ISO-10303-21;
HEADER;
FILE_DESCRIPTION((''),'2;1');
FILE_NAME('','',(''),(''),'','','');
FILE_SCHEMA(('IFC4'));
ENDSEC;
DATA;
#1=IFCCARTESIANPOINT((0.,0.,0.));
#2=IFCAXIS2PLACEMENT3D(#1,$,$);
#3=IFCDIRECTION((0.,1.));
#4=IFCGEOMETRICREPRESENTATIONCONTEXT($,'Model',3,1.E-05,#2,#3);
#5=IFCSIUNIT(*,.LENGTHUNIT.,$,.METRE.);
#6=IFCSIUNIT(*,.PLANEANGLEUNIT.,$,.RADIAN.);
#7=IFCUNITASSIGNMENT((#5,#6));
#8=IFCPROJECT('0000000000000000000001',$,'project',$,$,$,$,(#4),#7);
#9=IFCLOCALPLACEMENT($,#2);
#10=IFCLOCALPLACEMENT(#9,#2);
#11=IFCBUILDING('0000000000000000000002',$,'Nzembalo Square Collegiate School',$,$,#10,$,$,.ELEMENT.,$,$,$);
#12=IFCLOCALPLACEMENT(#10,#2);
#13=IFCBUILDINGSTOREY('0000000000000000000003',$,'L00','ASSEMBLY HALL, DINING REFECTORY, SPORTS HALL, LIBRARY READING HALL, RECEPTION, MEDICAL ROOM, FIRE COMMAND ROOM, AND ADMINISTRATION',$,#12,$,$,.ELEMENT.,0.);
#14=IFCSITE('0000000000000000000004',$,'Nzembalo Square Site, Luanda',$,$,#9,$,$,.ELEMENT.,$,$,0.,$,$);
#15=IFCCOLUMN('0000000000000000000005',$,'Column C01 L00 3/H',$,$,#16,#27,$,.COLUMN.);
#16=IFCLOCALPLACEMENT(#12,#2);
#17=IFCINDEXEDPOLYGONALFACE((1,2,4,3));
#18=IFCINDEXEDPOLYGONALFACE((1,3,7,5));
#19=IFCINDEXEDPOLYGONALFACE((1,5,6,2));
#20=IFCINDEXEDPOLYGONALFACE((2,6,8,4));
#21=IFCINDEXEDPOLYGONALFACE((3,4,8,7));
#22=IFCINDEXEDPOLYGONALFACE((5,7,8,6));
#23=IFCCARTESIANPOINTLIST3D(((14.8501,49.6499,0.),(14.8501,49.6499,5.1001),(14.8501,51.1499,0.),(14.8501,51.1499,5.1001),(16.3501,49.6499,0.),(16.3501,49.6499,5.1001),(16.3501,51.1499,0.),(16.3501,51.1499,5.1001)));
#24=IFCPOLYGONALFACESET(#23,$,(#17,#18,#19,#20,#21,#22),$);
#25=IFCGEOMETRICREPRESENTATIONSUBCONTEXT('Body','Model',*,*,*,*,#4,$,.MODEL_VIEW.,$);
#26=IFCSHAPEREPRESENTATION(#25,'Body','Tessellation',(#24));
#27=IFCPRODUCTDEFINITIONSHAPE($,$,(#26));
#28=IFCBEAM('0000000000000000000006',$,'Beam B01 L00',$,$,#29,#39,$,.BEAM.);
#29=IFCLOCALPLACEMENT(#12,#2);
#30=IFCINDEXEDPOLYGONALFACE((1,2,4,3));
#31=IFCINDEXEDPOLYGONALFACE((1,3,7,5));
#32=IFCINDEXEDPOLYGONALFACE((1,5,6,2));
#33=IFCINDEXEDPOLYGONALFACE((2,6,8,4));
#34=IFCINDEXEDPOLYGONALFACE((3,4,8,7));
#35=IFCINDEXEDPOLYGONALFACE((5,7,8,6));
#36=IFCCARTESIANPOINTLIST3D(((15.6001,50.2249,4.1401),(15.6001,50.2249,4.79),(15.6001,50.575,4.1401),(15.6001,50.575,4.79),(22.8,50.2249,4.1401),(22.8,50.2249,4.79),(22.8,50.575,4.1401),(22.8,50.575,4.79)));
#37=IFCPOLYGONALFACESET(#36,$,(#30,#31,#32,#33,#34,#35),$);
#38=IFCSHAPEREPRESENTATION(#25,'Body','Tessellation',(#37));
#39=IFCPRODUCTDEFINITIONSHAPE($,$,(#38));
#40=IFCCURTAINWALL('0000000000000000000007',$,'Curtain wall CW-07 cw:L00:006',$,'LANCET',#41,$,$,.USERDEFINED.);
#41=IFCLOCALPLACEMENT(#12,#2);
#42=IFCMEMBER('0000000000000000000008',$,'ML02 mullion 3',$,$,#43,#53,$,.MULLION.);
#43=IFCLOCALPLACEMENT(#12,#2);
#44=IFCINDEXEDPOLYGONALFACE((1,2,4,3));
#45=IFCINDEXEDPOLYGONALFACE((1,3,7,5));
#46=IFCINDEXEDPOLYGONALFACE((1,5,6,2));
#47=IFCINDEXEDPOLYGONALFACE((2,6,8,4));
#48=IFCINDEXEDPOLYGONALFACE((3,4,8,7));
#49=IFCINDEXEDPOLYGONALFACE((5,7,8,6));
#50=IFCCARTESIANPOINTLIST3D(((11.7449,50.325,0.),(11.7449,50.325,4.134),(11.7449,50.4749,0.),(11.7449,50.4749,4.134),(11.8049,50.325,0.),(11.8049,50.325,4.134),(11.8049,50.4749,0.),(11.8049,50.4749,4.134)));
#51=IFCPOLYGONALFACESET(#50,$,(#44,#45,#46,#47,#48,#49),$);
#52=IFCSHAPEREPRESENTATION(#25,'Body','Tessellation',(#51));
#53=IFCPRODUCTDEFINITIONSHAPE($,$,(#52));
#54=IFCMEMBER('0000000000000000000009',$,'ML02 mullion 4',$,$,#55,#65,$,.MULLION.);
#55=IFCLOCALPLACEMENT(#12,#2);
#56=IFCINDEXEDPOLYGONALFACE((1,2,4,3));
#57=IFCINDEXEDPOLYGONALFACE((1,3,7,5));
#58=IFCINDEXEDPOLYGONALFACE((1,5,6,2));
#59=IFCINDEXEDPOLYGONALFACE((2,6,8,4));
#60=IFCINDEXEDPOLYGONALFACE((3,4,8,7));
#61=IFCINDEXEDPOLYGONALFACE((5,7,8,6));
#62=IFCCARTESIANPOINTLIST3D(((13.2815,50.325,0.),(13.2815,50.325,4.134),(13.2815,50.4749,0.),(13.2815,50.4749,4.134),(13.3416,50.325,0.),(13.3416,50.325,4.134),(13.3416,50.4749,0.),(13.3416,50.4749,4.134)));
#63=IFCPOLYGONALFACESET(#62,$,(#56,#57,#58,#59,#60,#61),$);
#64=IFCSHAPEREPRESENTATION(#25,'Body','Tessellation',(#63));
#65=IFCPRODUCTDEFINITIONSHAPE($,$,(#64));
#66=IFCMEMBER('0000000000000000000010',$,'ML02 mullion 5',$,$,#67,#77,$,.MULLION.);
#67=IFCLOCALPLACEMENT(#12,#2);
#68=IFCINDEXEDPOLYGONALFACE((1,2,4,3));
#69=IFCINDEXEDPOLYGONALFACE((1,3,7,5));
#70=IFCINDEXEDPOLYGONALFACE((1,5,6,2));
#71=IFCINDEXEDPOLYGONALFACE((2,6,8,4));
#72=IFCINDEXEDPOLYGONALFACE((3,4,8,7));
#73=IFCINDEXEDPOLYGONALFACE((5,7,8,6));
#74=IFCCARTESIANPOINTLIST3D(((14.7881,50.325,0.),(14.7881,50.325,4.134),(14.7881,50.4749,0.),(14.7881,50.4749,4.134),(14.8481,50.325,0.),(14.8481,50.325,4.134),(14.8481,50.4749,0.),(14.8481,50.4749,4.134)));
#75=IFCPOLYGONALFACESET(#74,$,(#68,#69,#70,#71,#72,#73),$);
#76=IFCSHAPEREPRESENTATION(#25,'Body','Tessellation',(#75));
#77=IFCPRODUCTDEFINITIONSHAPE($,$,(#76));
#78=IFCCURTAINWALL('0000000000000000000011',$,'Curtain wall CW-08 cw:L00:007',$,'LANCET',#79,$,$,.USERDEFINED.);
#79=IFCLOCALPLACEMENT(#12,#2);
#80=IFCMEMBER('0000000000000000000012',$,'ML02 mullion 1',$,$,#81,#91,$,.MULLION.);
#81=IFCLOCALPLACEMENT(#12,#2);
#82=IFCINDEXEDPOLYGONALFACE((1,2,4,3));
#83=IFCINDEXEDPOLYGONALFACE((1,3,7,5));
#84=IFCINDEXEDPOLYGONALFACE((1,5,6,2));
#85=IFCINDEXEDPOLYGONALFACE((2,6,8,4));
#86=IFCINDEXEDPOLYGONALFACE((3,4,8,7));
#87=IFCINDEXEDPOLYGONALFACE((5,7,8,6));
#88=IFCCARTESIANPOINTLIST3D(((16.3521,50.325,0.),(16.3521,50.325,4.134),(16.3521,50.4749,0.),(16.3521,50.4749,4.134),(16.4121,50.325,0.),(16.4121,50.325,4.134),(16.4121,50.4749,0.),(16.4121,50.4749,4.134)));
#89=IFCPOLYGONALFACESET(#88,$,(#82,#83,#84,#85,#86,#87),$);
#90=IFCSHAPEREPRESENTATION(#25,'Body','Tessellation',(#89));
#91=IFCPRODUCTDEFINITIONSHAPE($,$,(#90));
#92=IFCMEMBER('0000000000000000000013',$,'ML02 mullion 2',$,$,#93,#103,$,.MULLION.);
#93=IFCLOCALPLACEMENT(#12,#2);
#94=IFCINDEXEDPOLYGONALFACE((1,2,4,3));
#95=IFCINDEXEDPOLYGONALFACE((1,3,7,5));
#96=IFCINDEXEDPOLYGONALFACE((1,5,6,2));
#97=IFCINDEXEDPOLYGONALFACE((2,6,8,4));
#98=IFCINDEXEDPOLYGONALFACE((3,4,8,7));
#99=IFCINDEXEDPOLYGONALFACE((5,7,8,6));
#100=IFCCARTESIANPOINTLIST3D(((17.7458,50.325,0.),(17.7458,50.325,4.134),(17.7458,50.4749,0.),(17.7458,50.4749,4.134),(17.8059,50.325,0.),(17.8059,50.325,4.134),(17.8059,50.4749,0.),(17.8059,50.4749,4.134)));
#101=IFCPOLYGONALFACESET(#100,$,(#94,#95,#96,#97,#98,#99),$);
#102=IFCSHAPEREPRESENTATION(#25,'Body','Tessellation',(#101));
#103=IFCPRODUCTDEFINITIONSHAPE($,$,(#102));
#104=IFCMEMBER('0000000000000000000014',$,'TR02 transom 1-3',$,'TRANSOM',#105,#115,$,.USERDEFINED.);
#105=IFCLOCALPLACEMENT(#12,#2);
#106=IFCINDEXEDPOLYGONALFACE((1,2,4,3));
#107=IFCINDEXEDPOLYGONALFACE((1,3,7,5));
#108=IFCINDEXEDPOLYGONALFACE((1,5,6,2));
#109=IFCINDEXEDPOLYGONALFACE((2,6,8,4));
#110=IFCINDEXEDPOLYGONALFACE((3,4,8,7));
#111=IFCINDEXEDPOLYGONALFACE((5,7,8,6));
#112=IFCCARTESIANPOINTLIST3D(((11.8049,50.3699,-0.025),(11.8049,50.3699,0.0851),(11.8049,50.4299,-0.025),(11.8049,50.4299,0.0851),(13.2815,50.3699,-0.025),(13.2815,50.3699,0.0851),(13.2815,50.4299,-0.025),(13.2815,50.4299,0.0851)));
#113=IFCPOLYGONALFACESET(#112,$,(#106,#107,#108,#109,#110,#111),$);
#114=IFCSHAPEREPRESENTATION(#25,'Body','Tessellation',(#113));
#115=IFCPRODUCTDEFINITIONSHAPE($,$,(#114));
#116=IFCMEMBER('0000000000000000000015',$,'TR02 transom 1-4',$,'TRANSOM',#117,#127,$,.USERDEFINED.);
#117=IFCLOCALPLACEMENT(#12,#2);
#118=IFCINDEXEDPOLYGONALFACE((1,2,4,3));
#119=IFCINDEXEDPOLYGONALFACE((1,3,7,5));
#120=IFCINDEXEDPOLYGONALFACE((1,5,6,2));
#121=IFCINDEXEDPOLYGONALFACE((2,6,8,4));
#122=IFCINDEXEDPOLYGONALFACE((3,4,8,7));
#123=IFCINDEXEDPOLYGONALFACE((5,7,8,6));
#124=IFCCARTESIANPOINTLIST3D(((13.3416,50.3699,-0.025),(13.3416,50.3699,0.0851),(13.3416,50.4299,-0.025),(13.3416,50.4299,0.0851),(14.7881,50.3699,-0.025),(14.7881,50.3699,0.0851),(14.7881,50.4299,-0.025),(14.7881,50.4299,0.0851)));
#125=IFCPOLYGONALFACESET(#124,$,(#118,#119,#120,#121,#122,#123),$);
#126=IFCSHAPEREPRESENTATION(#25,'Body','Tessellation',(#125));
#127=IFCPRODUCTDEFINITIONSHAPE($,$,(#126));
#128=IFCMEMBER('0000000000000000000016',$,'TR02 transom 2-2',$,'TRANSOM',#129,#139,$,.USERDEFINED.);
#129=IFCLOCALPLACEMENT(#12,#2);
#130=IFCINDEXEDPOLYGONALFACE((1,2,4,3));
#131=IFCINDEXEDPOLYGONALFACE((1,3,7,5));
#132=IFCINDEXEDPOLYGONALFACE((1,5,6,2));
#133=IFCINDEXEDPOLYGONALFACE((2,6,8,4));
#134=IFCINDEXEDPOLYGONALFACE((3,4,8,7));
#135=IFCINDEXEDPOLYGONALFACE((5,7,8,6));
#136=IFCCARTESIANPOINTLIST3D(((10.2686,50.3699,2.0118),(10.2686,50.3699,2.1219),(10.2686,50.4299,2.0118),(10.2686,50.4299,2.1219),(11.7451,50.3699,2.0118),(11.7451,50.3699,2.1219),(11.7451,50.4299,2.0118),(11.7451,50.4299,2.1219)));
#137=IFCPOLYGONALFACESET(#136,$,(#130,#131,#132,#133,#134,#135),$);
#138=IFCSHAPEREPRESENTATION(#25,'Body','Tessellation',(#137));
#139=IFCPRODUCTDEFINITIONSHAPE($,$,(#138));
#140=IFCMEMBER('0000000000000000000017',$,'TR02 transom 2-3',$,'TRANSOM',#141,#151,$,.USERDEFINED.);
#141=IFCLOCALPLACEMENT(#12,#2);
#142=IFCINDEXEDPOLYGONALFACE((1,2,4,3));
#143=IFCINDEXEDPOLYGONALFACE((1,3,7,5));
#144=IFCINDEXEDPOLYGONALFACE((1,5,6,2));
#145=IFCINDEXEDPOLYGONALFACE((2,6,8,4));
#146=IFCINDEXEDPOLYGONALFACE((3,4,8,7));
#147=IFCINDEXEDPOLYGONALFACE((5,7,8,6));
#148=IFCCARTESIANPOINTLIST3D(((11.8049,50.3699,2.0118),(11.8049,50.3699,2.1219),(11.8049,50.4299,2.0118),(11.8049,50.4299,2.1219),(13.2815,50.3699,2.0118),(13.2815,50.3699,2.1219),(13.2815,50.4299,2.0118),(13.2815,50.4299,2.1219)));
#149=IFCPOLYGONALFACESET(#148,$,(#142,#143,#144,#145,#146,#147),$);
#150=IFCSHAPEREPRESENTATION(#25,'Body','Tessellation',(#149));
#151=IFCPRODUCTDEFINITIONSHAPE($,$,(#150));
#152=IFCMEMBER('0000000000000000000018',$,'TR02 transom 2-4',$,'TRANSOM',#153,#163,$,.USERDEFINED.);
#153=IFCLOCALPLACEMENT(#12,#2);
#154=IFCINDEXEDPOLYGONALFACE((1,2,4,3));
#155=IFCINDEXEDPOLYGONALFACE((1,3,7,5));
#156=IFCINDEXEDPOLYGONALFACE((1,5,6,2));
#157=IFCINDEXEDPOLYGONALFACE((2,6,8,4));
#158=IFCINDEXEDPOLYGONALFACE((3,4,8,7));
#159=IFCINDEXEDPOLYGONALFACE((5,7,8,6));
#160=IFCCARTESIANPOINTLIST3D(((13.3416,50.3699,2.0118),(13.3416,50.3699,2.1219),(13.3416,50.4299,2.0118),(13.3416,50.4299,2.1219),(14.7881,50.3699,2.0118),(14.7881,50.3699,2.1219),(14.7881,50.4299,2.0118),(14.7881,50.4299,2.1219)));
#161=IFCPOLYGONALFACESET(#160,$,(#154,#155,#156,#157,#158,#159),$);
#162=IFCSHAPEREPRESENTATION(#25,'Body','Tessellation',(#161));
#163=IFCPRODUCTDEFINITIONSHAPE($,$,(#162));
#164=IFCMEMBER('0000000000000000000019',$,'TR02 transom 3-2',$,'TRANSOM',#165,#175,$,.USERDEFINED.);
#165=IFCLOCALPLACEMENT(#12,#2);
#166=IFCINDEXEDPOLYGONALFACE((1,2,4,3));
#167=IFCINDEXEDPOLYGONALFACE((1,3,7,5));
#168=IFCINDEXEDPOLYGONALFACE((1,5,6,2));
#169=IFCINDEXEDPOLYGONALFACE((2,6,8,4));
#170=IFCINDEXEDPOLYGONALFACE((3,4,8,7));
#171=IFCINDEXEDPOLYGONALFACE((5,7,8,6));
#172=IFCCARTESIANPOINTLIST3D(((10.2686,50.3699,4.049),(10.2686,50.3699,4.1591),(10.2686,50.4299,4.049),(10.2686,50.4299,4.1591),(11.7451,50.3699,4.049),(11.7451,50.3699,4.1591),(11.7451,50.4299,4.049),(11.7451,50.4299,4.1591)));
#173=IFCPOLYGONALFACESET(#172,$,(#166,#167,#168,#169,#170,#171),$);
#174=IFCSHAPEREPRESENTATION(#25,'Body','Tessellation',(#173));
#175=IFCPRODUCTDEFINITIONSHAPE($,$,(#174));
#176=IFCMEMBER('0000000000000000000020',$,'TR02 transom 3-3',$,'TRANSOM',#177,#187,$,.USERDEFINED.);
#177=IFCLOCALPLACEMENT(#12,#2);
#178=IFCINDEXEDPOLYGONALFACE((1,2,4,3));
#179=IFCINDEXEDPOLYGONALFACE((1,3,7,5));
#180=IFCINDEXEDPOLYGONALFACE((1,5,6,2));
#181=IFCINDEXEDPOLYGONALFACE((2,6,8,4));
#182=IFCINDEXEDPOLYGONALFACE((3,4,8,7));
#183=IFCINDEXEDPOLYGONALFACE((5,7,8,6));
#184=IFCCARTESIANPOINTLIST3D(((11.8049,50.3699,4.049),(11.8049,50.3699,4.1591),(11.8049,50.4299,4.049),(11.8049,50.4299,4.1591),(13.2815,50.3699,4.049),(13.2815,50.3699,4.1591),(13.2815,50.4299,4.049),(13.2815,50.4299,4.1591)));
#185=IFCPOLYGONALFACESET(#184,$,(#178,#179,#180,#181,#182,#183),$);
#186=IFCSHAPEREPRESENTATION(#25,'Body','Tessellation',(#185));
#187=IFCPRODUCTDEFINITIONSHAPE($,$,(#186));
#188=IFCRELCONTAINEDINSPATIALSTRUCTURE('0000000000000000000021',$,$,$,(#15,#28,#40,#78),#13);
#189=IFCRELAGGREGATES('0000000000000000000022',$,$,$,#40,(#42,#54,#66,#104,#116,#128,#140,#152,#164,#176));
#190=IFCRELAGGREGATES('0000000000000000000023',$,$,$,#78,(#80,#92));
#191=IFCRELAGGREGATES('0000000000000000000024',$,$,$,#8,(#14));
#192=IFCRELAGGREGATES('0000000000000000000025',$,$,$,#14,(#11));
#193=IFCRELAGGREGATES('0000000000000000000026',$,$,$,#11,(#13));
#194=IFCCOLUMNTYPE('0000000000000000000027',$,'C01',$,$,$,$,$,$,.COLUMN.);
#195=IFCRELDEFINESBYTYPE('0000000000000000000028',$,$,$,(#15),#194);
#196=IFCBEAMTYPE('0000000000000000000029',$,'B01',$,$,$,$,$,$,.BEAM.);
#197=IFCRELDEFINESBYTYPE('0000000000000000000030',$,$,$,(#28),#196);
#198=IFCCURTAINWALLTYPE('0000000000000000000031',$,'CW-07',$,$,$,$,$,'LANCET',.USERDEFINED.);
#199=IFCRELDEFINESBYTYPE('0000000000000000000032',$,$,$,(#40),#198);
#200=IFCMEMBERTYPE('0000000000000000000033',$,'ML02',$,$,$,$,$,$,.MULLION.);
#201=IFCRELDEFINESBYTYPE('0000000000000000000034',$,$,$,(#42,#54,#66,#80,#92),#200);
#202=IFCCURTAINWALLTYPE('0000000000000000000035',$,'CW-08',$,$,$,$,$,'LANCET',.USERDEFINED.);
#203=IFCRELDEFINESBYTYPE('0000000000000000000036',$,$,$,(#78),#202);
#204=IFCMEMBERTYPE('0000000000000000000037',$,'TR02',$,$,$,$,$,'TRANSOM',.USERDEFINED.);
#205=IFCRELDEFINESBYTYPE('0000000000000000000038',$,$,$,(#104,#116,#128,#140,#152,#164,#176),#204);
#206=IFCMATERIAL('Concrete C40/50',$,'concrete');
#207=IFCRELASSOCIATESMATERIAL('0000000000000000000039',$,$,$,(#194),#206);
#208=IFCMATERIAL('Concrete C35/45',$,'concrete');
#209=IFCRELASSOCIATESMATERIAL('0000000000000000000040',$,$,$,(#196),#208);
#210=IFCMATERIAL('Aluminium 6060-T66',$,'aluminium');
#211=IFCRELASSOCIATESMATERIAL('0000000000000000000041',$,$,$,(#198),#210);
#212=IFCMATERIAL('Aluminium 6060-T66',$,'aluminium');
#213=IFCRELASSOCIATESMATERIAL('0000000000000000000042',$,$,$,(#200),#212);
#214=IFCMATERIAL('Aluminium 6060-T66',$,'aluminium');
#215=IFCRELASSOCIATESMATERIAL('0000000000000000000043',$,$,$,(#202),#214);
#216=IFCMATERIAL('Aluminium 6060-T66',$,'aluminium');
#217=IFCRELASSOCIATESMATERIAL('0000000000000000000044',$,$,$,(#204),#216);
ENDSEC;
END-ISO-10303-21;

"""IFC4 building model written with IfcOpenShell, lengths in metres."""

from ifc_helpers import new_model, si_unit, direction, frame, origin, origin_2d, place, context, subcontext, project, spatial, rectangle, extrude, material, material_profile, profile_set, type_object, element, aggregate, save


model = new_model("IFC4")

# Units and contexts
model_context = context("Model", 3, precision=1e-05, world=origin(), true_north=direction((0.0, 1.0)))
body_context = subcontext(model_context, "Body", "Model", "MODEL_VIEW")
ifc_project = project(units=[si_unit("LENGTHUNIT", "METRE"), si_unit("PLANEANGLEUNIT", "RADIAN")], contexts=[model_context])

# Site, building, storey
site_placement = place(None, origin())
site = spatial("IfcSite", under=ifc_project, at=site_placement, Name="Nzembalo Square Site, Luanda", CompositionType="ELEMENT", RefElevation=0.0)
building_placement = place(site_placement, origin())
building = spatial("IfcBuilding", under=site, at=building_placement, Name="Nzembalo Square Collegiate School", CompositionType="ELEMENT")
storey_placement = place(building_placement, origin())
storey = spatial("IfcBuildingStorey", under=building, at=storey_placement, Name="L00", Description="ASSEMBLY HALL, DINING REFECTORY, SPORTS HALL, LIBRARY READING HALL, RECEPTION, MEDICAL ROOM, FIRE COMMAND ROOM, AND ADMINISTRATION", CompositionType="ELEMENT", Elevation=0.0)

# Column
ifc_material_1 = material(Name="Concrete C40/50", Category="concrete")
ifc_material_profile_1 = material_profile(ifc_material_1, rectangle(XDim=1.5, YDim=1.5, at=origin_2d()), Name="RC 1500x1500")
ifc_profile_set_1 = profile_set([ifc_material_profile_1], Name="Concrete C40/50")
column_type = type_object("IfcColumnType", Name="C01", PredefinedType="COLUMN", material=ifc_profile_set_1)
column_placement = place(storey_placement, frame((15.6001, 50.3999, 0.0), z_axis=(0.0, 0.0, 1.0), x_axis=(1.0, 0.0, 0.0)))
element("IfcColumn", 1, at=column_placement, inside=storey, type_object=column_type, Name="Column C01 L00 3/H", PredefinedType="COLUMN", context=body_context, shape_type="SweptSolid", body=[
    extrude(rectangle(XDim=1.5, YDim=1.5, at=origin_2d()), origin(), (0.0, 0.0, 1.0), 5.1001),
])

# Beam
ifc_material_2 = material(Name="Concrete C35/45", Category="concrete")
ifc_material_profile_2 = material_profile(ifc_material_2, rectangle(XDim=0.3501, YDim=0.6499, at=origin_2d()), Name="RC 350x650")
ifc_profile_set_2 = profile_set([ifc_material_profile_2], Name="Concrete C35/45")
beam_type = type_object("IfcBeamType", Name="B01", PredefinedType="BEAM", material=ifc_profile_set_2)
beam_placement = place(storey_placement, frame((15.6001, 50.3999, 4.4651), z_axis=(1.0, 0.0, 0.0), x_axis=(0.0, 1.0, 0.0)))
element("IfcBeam", 2, at=beam_placement, inside=storey, type_object=beam_type, Name="Beam B01 L00", PredefinedType="BEAM", context=body_context, shape_type="SweptSolid", body=[
    extrude(rectangle(XDim=0.3501, YDim=0.6499, at=origin_2d()), origin(), (0.0, 0.0, 1.0), 7.2),
])

# Curtain walls, members
ifc_material_3 = material(Name="Aluminium 6060-T66", Category="aluminium")
curtain_wall_type_1 = type_object("IfcCurtainWallType", Name="CW-07", ElementType="LANCET", PredefinedType="USERDEFINED", material=ifc_material_3)
curtain_wall_1_placement = place(storey_placement, origin())
curtain_wall_1 = element("IfcCurtainWall", 3, at=curtain_wall_1_placement, inside=storey, type_object=curtain_wall_type_1, Name="Curtain wall CW-07 cw:L00:006", ObjectType="LANCET", PredefinedType="USERDEFINED")
ifc_material_4 = material(Name="Aluminium 6060-T66", Category="aluminium")
ifc_material_profile_3 = material_profile(ifc_material_4, rectangle(XDim=0.0601, YDim=0.1499, at=origin_2d()), Name="ALU M60x150")
ifc_profile_set_3 = profile_set([ifc_material_profile_3], Name="Aluminium 6060-T66")
member_type_1 = type_object("IfcMemberType", Name="ML02", PredefinedType="MULLION", material=ifc_profile_set_3)
member_1_placement = place(storey_placement, frame((11.7749, 50.3999, 0.0), z_axis=(0.0, 0.0, 1.0), x_axis=(1.0, 0.0, 0.0)))
member_1 = element("IfcMember", 4, at=member_1_placement, type_object=member_type_1, Name="ML02 mullion 3", PredefinedType="MULLION", context=body_context, shape_type="SweptSolid", body=[
    extrude(rectangle(XDim=0.0601, YDim=0.1499, at=origin_2d()), origin(), (0.0, 0.0, 1.0), 4.134),
])
member_2_placement = place(storey_placement, frame((13.3115, 50.3999, 0.0), z_axis=(0.0, 0.0, 1.0), x_axis=(1.0, 0.0, 0.0)))
member_2 = element("IfcMember", 5, at=member_2_placement, type_object=member_type_1, Name="ML02 mullion 4", PredefinedType="MULLION", context=body_context, shape_type="SweptSolid", body=[
    extrude(rectangle(XDim=0.0601, YDim=0.1499, at=origin_2d()), origin(), (0.0, 0.0, 1.0), 4.134),
])
member_3_placement = place(storey_placement, frame((14.8181, 50.3999, 0.0), z_axis=(0.0, 0.0, 1.0), x_axis=(1.0, 0.0, 0.0)))
member_3 = element("IfcMember", 6, at=member_3_placement, type_object=member_type_1, Name="ML02 mullion 5", PredefinedType="MULLION", context=body_context, shape_type="SweptSolid", body=[
    extrude(rectangle(XDim=0.0601, YDim=0.1499, at=origin_2d()), origin(), (0.0, 0.0, 1.0), 4.134),
])
ifc_material_5 = material(Name="Aluminium 6060-T66", Category="aluminium")
curtain_wall_type_2 = type_object("IfcCurtainWallType", Name="CW-08", ElementType="LANCET", PredefinedType="USERDEFINED", material=ifc_material_5)
curtain_wall_2_placement = place(storey_placement, origin())
curtain_wall_2 = element("IfcCurtainWall", 7, at=curtain_wall_2_placement, inside=storey, type_object=curtain_wall_type_2, Name="Curtain wall CW-08 cw:L00:007", ObjectType="LANCET", PredefinedType="USERDEFINED")
member_4_placement = place(storey_placement, frame((16.3821, 50.3999, 0.0), z_axis=(0.0, 0.0, 1.0), x_axis=(1.0, 0.0, 0.0)))
member_4 = element("IfcMember", 8, at=member_4_placement, type_object=member_type_1, Name="ML02 mullion 1", PredefinedType="MULLION", context=body_context, shape_type="SweptSolid", body=[
    extrude(rectangle(XDim=0.0601, YDim=0.1499, at=origin_2d()), origin(), (0.0, 0.0, 1.0), 4.134),
])
member_5_placement = place(storey_placement, frame((17.7759, 50.3999, 0.0), z_axis=(0.0, 0.0, 1.0), x_axis=(1.0, 0.0, 0.0)))
member_5 = element("IfcMember", 9, at=member_5_placement, type_object=member_type_1, Name="ML02 mullion 2", PredefinedType="MULLION", context=body_context, shape_type="SweptSolid", body=[
    extrude(rectangle(XDim=0.0601, YDim=0.1499, at=origin_2d()), origin(), (0.0, 0.0, 1.0), 4.134),
])

# Members
ifc_material_6 = material(Name="Aluminium 6060-T66", Category="aluminium")
ifc_material_profile_4 = material_profile(ifc_material_6, rectangle(XDim=0.0601, YDim=0.1101, at=origin_2d()), Name="ALU T60x110")
ifc_profile_set_4 = profile_set([ifc_material_profile_4], Name="Aluminium 6060-T66")
member_type_2 = type_object("IfcMemberType", Name="TR02", ElementType="TRANSOM", PredefinedType="USERDEFINED", material=ifc_profile_set_4)
member_6_placement = place(storey_placement, frame((11.8049, 50.3999, 0.03), z_axis=(1.0, 0.0, 0.0), x_axis=(0.0, 1.0, 0.0)))
member_6 = element("IfcMember", 10, at=member_6_placement, type_object=member_type_2, Name="TR02 transom 1-3", ObjectType="TRANSOM", PredefinedType="USERDEFINED", context=body_context, shape_type="SweptSolid", body=[
    extrude(rectangle(XDim=0.0601, YDim=0.1101, at=origin_2d()), origin(), (0.0, 0.0, 1.0), 1.4766),
])
member_7_placement = place(storey_placement, frame((13.3416, 50.3999, 0.03), z_axis=(1.0, 0.0, 0.0), x_axis=(0.0, 1.0, 0.0)))
member_7 = element("IfcMember", 11, at=member_7_placement, type_object=member_type_2, Name="TR02 transom 1-4", ObjectType="TRANSOM", PredefinedType="USERDEFINED", context=body_context, shape_type="SweptSolid", body=[
    extrude(rectangle(XDim=0.0601, YDim=0.1101, at=origin_2d()), origin(), (0.0, 0.0, 1.0), 1.4465),
])
member_8_placement = place(storey_placement, frame((10.2686, 50.3999, 2.0669), z_axis=(1.0, 0.0, 0.0), x_axis=(0.0, 1.0, 0.0)))
member_8 = element("IfcMember", 12, at=member_8_placement, type_object=member_type_2, Name="TR02 transom 2-2", ObjectType="TRANSOM", PredefinedType="USERDEFINED", context=body_context, shape_type="SweptSolid", body=[
    extrude(rectangle(XDim=0.0601, YDim=0.1101, at=origin_2d()), origin(), (0.0, 0.0, 1.0), 1.4766),
])
member_9_placement = place(storey_placement, frame((11.8049, 50.3999, 2.0669), z_axis=(1.0, 0.0, 0.0), x_axis=(0.0, 1.0, 0.0)))
member_9 = element("IfcMember", 13, at=member_9_placement, type_object=member_type_2, Name="TR02 transom 2-3", ObjectType="TRANSOM", PredefinedType="USERDEFINED", context=body_context, shape_type="SweptSolid", body=[
    extrude(rectangle(XDim=0.0601, YDim=0.1101, at=origin_2d()), origin(), (0.0, 0.0, 1.0), 1.4766),
])
member_10_placement = place(storey_placement, frame((13.3416, 50.3999, 2.0669), z_axis=(1.0, 0.0, 0.0), x_axis=(0.0, 1.0, 0.0)))
member_10 = element("IfcMember", 14, at=member_10_placement, type_object=member_type_2, Name="TR02 transom 2-4", ObjectType="TRANSOM", PredefinedType="USERDEFINED", context=body_context, shape_type="SweptSolid", body=[
    extrude(rectangle(XDim=0.0601, YDim=0.1101, at=origin_2d()), origin(), (0.0, 0.0, 1.0), 1.4465),
])
member_11_placement = place(storey_placement, frame((10.2686, 50.3999, 4.104), z_axis=(1.0, 0.0, 0.0), x_axis=(0.0, 1.0, 0.0)))
member_11 = element("IfcMember", 15, at=member_11_placement, type_object=member_type_2, Name="TR02 transom 3-2", ObjectType="TRANSOM", PredefinedType="USERDEFINED", context=body_context, shape_type="SweptSolid", body=[
    extrude(rectangle(XDim=0.0601, YDim=0.1101, at=origin_2d()), origin(), (0.0, 0.0, 1.0), 1.4766),
])
member_12_placement = place(storey_placement, frame((11.8049, 50.3999, 4.104), z_axis=(1.0, 0.0, 0.0), x_axis=(0.0, 1.0, 0.0)))
member_12 = element("IfcMember", 16, at=member_12_placement, type_object=member_type_2, Name="TR02 transom 3-3", ObjectType="TRANSOM", PredefinedType="USERDEFINED", context=body_context, shape_type="SweptSolid", body=[
    extrude(rectangle(XDim=0.0601, YDim=0.1101, at=origin_2d()), origin(), (0.0, 0.0, 1.0), 1.4766),
])

aggregate(curtain_wall_1, [member_1, member_2, member_3, member_6, member_7, member_8, member_9, member_10, member_11, member_12])
aggregate(curtain_wall_2, [member_4, member_5])

save(model, "model.ifc")
